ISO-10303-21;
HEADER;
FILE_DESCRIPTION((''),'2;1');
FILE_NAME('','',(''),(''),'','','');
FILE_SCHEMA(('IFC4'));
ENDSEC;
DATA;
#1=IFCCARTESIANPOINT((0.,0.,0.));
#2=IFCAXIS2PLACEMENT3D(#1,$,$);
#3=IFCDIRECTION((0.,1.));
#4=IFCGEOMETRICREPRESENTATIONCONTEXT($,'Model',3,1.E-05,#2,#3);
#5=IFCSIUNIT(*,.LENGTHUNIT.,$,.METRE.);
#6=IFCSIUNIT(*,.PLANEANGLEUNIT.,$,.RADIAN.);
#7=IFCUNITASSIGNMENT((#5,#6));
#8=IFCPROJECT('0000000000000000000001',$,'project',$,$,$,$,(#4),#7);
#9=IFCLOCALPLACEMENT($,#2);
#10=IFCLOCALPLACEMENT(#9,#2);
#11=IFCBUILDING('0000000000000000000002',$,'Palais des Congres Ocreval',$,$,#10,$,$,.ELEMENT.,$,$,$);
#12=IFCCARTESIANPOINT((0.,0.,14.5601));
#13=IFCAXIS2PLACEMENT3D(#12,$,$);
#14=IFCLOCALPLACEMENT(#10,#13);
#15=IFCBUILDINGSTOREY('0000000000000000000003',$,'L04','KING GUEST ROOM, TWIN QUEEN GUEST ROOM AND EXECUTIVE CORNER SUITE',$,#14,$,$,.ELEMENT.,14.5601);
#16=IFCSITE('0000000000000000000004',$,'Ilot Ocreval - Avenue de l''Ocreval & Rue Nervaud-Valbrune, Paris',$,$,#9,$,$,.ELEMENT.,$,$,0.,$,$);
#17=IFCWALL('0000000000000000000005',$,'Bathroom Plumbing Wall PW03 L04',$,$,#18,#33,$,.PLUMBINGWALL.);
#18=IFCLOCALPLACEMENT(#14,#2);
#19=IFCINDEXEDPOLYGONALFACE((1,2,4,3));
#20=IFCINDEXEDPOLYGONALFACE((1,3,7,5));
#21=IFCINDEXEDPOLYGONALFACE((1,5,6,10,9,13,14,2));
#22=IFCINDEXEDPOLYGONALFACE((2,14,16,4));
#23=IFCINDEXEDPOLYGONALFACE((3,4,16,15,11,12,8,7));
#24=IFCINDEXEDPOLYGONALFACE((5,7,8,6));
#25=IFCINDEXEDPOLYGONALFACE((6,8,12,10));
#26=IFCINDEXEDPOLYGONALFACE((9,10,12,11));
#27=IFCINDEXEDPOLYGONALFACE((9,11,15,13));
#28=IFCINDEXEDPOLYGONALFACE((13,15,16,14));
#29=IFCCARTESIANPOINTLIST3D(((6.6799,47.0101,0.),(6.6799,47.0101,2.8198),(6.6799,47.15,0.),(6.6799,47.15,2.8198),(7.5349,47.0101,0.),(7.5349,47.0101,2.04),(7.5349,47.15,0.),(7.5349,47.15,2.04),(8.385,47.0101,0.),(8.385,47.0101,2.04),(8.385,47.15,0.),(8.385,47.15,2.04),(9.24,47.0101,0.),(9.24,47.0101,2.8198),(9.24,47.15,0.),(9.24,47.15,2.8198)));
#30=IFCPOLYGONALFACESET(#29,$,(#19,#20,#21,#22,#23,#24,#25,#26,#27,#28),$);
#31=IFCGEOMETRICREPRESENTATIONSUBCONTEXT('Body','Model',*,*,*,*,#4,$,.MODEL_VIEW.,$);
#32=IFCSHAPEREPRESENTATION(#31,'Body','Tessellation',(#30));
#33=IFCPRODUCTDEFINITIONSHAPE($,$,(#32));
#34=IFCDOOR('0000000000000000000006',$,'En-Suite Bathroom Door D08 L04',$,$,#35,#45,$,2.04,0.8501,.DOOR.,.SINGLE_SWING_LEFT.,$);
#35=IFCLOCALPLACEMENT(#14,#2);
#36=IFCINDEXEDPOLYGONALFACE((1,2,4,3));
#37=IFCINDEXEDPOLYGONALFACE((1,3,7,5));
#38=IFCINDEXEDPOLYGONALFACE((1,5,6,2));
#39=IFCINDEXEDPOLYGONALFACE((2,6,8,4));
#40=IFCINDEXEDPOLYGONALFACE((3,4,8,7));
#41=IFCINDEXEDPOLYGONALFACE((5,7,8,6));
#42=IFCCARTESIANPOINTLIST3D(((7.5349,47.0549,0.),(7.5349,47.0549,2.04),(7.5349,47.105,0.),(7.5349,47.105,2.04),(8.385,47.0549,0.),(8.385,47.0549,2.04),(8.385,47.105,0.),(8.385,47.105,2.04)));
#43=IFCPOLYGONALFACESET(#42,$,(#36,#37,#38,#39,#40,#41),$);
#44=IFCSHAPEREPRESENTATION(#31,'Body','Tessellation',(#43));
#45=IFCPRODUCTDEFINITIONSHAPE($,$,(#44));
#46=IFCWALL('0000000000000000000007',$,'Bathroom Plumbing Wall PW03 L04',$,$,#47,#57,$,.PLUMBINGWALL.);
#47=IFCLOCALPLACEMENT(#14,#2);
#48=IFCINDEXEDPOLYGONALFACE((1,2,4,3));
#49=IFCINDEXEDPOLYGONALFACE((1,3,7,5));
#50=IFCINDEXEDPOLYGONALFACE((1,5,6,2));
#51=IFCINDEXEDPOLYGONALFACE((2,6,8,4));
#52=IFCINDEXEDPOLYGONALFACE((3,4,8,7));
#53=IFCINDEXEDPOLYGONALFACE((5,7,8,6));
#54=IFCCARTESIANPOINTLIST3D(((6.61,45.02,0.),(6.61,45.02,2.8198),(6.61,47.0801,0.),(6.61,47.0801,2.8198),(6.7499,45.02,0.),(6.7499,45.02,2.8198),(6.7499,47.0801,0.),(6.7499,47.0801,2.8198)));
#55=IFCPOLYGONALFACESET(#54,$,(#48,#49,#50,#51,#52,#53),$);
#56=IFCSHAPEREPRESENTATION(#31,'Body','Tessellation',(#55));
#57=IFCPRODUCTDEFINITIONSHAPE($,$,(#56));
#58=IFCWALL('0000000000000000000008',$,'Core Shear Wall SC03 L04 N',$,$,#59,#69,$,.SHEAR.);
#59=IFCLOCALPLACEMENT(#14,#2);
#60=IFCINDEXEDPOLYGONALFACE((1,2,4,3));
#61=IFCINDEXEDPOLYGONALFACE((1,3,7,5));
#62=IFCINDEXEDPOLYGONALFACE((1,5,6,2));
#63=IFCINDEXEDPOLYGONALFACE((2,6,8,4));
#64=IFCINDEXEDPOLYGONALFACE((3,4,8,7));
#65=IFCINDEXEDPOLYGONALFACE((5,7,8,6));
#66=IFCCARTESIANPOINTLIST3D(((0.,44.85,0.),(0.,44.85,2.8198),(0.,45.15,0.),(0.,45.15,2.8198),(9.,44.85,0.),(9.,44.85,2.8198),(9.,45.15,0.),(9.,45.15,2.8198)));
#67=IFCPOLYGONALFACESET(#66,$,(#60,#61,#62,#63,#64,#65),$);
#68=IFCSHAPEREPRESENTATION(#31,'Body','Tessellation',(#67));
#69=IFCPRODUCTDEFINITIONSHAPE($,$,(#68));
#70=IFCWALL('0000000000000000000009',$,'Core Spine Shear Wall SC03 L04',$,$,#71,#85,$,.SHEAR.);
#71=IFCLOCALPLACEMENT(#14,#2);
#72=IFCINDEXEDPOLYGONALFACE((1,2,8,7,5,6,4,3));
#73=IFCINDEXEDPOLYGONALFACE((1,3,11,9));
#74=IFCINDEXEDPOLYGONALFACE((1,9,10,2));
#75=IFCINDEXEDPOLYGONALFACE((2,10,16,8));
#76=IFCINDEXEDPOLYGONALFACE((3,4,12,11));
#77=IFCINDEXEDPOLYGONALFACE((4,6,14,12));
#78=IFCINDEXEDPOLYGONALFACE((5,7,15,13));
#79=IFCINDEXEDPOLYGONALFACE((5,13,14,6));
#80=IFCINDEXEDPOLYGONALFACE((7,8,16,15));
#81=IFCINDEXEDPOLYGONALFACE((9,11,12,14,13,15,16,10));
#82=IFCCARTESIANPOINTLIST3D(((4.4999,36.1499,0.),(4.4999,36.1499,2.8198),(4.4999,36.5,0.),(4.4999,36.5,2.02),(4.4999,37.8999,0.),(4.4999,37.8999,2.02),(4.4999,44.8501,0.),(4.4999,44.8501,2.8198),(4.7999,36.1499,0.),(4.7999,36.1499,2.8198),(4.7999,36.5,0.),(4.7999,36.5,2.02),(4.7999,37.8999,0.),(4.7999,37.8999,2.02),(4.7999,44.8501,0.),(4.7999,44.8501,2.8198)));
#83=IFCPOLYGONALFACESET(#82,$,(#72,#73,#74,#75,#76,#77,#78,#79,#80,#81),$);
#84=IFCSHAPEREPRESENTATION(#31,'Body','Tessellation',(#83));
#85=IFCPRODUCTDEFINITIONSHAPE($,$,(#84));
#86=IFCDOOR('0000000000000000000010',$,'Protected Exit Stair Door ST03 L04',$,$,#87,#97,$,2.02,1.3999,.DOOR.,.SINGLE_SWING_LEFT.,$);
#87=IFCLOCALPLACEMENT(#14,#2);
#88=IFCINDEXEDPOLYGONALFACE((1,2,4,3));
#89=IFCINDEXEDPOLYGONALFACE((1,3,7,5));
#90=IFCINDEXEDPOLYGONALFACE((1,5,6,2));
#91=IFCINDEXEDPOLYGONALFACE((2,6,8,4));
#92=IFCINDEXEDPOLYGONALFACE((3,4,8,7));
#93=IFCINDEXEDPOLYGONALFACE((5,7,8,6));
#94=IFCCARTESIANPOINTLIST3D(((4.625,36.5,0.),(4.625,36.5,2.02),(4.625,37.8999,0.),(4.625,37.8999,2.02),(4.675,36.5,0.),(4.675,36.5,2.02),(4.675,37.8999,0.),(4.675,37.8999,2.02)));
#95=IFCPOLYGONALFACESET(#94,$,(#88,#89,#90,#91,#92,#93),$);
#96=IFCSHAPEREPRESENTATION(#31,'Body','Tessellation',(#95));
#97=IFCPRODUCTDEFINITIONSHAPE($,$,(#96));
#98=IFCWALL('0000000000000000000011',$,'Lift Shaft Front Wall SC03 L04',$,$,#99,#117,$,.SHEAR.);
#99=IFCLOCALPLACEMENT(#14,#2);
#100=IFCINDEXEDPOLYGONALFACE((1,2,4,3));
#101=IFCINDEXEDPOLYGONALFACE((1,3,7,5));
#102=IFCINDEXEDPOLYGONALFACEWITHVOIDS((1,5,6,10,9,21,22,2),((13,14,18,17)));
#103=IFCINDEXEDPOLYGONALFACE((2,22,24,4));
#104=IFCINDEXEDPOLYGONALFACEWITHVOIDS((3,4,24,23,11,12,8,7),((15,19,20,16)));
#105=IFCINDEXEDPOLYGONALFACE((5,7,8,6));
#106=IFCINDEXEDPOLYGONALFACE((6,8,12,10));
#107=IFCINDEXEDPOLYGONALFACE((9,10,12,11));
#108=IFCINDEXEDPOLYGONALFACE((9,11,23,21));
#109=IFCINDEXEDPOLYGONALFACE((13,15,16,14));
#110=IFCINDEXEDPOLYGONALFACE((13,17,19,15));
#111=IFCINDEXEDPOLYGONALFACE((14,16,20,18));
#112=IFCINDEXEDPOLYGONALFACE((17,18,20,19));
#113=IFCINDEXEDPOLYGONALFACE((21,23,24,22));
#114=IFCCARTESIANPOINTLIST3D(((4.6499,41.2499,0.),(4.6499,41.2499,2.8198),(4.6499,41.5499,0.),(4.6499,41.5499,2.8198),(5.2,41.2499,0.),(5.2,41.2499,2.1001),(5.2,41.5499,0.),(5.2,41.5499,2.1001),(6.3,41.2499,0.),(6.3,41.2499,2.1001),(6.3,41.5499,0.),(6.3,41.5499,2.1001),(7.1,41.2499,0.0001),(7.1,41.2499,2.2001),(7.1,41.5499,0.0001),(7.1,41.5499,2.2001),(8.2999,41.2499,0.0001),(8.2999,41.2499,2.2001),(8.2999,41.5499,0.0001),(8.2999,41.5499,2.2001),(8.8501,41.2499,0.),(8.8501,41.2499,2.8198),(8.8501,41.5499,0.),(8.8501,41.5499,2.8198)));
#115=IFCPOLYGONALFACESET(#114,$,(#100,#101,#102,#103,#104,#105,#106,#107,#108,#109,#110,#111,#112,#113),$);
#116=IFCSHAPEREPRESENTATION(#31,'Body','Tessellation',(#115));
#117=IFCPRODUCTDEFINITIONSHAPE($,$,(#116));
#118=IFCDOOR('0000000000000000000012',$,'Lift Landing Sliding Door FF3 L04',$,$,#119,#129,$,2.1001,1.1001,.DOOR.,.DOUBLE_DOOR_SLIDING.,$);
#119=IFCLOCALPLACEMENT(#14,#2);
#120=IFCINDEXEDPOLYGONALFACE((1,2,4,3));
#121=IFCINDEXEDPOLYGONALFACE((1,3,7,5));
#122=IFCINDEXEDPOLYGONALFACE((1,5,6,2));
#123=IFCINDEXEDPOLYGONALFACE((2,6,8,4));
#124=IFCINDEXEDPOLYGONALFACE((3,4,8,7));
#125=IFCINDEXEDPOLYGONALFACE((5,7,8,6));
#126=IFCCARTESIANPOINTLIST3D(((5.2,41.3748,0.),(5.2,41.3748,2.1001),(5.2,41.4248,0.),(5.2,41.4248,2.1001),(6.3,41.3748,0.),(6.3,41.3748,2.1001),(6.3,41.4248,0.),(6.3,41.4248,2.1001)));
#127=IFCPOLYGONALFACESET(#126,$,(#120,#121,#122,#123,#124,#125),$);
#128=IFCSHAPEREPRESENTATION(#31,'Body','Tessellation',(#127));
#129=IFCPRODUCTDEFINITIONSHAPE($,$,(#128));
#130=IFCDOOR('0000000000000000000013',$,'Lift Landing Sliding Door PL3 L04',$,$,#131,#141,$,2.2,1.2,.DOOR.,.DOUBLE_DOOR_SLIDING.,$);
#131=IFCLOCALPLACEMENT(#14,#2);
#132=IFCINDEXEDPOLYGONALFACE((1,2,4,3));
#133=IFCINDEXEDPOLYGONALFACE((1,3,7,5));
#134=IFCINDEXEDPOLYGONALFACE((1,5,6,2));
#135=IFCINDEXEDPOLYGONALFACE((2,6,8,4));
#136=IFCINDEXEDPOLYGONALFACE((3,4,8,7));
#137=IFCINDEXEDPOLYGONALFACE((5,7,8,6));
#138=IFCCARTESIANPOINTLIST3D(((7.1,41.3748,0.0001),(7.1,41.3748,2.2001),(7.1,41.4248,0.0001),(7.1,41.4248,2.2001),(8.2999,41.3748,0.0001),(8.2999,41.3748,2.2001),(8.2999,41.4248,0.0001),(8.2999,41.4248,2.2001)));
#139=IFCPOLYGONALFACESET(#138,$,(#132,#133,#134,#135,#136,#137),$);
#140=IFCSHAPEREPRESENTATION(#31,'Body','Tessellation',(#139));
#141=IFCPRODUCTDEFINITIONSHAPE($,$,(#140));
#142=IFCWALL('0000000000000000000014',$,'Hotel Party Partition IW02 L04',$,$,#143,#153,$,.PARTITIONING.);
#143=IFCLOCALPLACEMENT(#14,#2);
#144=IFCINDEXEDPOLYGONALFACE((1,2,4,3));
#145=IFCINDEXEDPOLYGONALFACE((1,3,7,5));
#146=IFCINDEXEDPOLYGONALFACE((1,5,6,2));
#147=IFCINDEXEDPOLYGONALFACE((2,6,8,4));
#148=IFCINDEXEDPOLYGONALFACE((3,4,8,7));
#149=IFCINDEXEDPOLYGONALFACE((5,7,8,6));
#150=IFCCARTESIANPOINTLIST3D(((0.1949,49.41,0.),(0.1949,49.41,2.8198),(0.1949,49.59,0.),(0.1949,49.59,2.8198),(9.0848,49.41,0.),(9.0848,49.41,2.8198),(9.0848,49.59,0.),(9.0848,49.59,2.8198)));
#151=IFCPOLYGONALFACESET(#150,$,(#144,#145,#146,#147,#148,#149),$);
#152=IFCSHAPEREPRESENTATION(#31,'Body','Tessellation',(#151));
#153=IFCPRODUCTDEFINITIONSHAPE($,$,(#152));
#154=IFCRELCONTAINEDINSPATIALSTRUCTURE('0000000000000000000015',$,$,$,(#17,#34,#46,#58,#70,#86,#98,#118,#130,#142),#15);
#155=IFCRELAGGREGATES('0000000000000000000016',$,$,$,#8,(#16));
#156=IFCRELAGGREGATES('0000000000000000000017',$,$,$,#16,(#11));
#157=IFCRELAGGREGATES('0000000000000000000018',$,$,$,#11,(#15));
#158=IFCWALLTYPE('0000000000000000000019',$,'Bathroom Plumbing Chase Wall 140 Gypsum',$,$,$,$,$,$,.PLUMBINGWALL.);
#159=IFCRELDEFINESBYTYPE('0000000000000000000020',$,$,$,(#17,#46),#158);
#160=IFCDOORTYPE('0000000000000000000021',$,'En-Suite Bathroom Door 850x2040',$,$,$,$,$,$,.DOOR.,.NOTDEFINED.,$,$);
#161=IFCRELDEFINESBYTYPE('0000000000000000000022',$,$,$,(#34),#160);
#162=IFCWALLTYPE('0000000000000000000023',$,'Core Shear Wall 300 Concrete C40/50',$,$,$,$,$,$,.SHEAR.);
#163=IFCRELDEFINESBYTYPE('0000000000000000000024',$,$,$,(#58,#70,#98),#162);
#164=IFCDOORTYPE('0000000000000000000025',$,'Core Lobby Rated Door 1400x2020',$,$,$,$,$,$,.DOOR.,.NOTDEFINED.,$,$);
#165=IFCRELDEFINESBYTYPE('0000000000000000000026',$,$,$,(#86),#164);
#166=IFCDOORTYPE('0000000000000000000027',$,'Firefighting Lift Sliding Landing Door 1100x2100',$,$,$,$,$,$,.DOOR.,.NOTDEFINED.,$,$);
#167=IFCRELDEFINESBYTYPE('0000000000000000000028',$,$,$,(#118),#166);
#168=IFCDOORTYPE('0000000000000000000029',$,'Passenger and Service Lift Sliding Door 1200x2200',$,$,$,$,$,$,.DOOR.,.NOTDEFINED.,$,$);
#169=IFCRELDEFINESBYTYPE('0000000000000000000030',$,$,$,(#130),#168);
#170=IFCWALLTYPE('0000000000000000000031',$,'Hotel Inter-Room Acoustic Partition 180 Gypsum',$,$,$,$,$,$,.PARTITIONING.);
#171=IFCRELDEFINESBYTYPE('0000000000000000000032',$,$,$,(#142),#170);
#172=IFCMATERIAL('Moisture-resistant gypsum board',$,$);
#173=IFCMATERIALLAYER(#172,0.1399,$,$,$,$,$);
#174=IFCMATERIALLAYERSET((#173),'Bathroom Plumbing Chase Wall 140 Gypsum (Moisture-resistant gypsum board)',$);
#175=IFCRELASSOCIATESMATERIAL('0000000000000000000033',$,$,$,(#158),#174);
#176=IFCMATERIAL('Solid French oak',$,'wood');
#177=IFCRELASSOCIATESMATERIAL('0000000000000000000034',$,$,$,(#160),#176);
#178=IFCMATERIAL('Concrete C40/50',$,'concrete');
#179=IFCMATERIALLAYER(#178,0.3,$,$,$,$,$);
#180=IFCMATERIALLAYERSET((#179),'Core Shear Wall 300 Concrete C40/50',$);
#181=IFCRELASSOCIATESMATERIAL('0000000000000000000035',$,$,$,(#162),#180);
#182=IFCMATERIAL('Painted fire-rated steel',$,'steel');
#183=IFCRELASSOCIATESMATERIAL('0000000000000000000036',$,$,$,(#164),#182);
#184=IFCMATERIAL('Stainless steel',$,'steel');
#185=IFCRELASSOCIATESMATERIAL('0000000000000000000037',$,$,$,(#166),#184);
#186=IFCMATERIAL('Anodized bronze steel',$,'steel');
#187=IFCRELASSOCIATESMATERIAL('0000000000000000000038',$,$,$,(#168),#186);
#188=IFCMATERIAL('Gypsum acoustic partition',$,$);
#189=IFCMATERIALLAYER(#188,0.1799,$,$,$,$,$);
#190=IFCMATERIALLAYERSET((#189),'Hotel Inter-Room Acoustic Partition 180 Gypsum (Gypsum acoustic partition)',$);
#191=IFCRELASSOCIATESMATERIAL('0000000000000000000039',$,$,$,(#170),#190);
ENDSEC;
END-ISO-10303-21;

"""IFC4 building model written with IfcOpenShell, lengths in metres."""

from ifc_helpers import new_model, si_unit, direction, frame, frame_2d, origin, place, context, subcontext, project, spatial, rectangle, extrude, material, layer, layer_set, type_object, element, fill, save


model = new_model("IFC4")

# Units and contexts
model_context = context("Model", 3, precision=1e-05, world=origin(), true_north=direction((0.0, 1.0)))
body_context = subcontext(model_context, "Body", "Model", "MODEL_VIEW")
ifc_project = project(units=[si_unit("LENGTHUNIT", "METRE"), si_unit("PLANEANGLEUNIT", "RADIAN")], contexts=[model_context])

# Site, building, storey
site_placement = place(None, origin())
site = spatial("IfcSite", under=ifc_project, at=site_placement, Name="Ilot Ocreval - Avenue de l'Ocreval & Rue Nervaud-Valbrune, Paris", CompositionType="ELEMENT", RefElevation=0.0)
building_placement = place(site_placement, origin())
building = spatial("IfcBuilding", under=site, at=building_placement, Name="Palais des Congres Ocreval", CompositionType="ELEMENT")
storey_placement = place(building_placement, frame((0.0, 0.0, 14.5601)))
storey = spatial("IfcBuildingStorey", under=building, at=storey_placement, Name="L04", Description="KING GUEST ROOM, TWIN QUEEN GUEST ROOM AND EXECUTIVE CORNER SUITE", CompositionType="ELEMENT", Elevation=14.5601)

# Shared definitions
ifc_material_1 = material(Name="Concrete C40/50", Category="concrete")

# Wall, opening, door
ifc_material_2 = material(Name="Moisture-resistant gypsum board")
ifc_layer_1 = layer(ifc_material_2, 0.1399)
ifc_layer_set_1 = layer_set([ifc_layer_1], Name="Bathroom Plumbing Chase Wall 140 Gypsum (Moisture-resistant gypsum board)")
wall_type_1 = type_object("IfcWallType", Name="Bathroom Plumbing Chase Wall 140 Gypsum", PredefinedType="PLUMBINGWALL", material=ifc_layer_set_1)
wall_1_placement = place(storey_placement, frame((6.6799, 47.0801, 0.0), z_axis=(0.0, 0.0, 1.0), x_axis=(1.0, 0.0, 0.0)))
wall_1 = element("IfcWall", 1, at=wall_1_placement, inside=storey, type_object=wall_type_1, Name="Bathroom Plumbing Wall PW03 L04", PredefinedType="PLUMBINGWALL", context=body_context, shape_type="SweptSolid", body=[
    extrude(rectangle(XDim=2.5601, YDim=0.1399, at=frame_2d((1.28, 0.0))), origin(), (0.0, 0.0, 1.0), 2.8198),
])
opening_1_placement = place(wall_1_placement, frame((0.855, 0.0, 0.0)))
opening_1 = element("IfcOpeningElement", 2, at=opening_1_placement, cuts=wall_1, PredefinedType="OPENING", context=body_context, shape_type="SweptSolid", body=[
    extrude(rectangle(XDim=0.8501, YDim=2.04, at=frame_2d((0.425, 1.02))), frame((0.0, 0.0798, 0.0), z_axis=(0.0, -1.0, 0.0), x_axis=(1.0, 0.0, 0.0)), (0.0, 0.0, 1.0), 0.1599),
])
ifc_material_3 = material(Name="Solid French oak", Category="wood")
door_type_1 = type_object("IfcDoorType", Name="En-Suite Bathroom Door 850x2040", OperationType="NOTDEFINED", PredefinedType="DOOR", material=ifc_material_3)
door_1_placement = place(opening_1_placement, origin())
door_1 = element("IfcDoor", 3, at=door_1_placement, inside=storey, type_object=door_type_1, Name="En-Suite Bathroom Door D08 L04", OperationType="SINGLE_SWING_LEFT", OverallHeight=2.04, OverallWidth=0.8501, PredefinedType="DOOR", context=body_context, shape_type="SweptSolid", body=[
    extrude(rectangle(XDim=0.8501, YDim=2.04, at=frame_2d((0.425, 1.02))), frame((0.0, 0.0249, 0.0), z_axis=(0.0, -1.0, 0.0), x_axis=(1.0, 0.0, 0.0)), (0.0, 0.0, 1.0), 0.05),
])
fill(opening_1, door_1)

# Walls
wall_2_placement = place(storey_placement, frame((6.6799, 45.02, 0.0), z_axis=(0.0, 0.0, 1.0), x_axis=(0.0, 1.0, 0.0)))
element("IfcWall", 4, at=wall_2_placement, inside=storey, type_object=wall_type_1, Name="Bathroom Plumbing Wall PW03 L04", PredefinedType="PLUMBINGWALL", context=body_context, shape_type="SweptSolid", body=[
    extrude(rectangle(XDim=2.0601, YDim=0.1399, at=frame_2d((1.03, 0.0))), origin(), (0.0, 0.0, 1.0), 2.8198),
])
ifc_layer_2 = layer(ifc_material_1, 0.3)
ifc_layer_set_2 = layer_set([ifc_layer_2], Name="Core Shear Wall 300 Concrete C40/50")
wall_type_2 = type_object("IfcWallType", Name="Core Shear Wall 300 Concrete C40/50", PredefinedType="SHEAR", material=ifc_layer_set_2)
wall_3_placement = place(storey_placement, frame((0.0, 45.0, 0.0), z_axis=(0.0, 0.0, 1.0), x_axis=(1.0, 0.0, 0.0)))
element("IfcWall", 5, at=wall_3_placement, inside=storey, type_object=wall_type_2, Name="Core Shear Wall SC03 L04 N", PredefinedType="SHEAR", context=body_context, shape_type="SweptSolid", body=[
    extrude(rectangle(XDim=9.0, YDim=0.3, at=frame_2d((4.5, 0.0))), origin(), (0.0, 0.0, 1.0), 2.8198),
])

# Wall, opening, door
wall_4_placement = place(storey_placement, frame((4.6499, 36.1499, 0.0), z_axis=(0.0, 0.0, 1.0), x_axis=(0.0, 1.0, 0.0)))
wall_4 = element("IfcWall", 6, at=wall_4_placement, inside=storey, type_object=wall_type_2, Name="Core Spine Shear Wall SC03 L04", PredefinedType="SHEAR", context=body_context, shape_type="SweptSolid", body=[
    extrude(rectangle(XDim=8.7002, YDim=0.3, at=frame_2d((4.3501, 0.0))), origin(), (0.0, 0.0, 1.0), 2.8198),
])
opening_2_placement = place(wall_4_placement, frame((0.3501, 0.0, 0.0)))
opening_2 = element("IfcOpeningElement", 7, at=opening_2_placement, cuts=wall_4, PredefinedType="OPENING", context=body_context, shape_type="SweptSolid", body=[
    extrude(rectangle(XDim=1.3999, YDim=2.02, at=frame_2d((0.7, 1.01))), frame((0.0, 0.1599, 0.0), z_axis=(0.0, -1.0, 0.0), x_axis=(1.0, 0.0, 0.0)), (0.0, 0.0, 1.0), 0.3201),
])
ifc_material_4 = material(Name="Painted fire-rated steel", Category="steel")
door_type_2 = type_object("IfcDoorType", Name="Core Lobby Rated Door 1400x2020", OperationType="NOTDEFINED", PredefinedType="DOOR", material=ifc_material_4)
door_2_placement = place(opening_2_placement, origin())
door_2 = element("IfcDoor", 8, at=door_2_placement, inside=storey, type_object=door_type_2, Name="Protected Exit Stair Door ST03 L04", OperationType="SINGLE_SWING_LEFT", OverallHeight=2.02, OverallWidth=1.3999, PredefinedType="DOOR", context=body_context, shape_type="SweptSolid", body=[
    extrude(rectangle(XDim=1.3999, YDim=2.02, at=frame_2d((0.7, 1.01))), frame((0.0, 0.0249, 0.0), z_axis=(0.0, -1.0, 0.0), x_axis=(1.0, 0.0, 0.0)), (0.0, 0.0, 1.0), 0.05),
])
fill(opening_2, door_2)

# Wall, openings, doors
wall_5_placement = place(storey_placement, frame((4.6499, 41.3999, 0.0), z_axis=(0.0, 0.0, 1.0), x_axis=(1.0, 0.0, 0.0)))
wall_5 = element("IfcWall", 9, at=wall_5_placement, inside=storey, type_object=wall_type_2, Name="Lift Shaft Front Wall SC03 L04", PredefinedType="SHEAR", context=body_context, shape_type="SweptSolid", body=[
    extrude(rectangle(XDim=4.2002, YDim=0.3, at=frame_2d((2.1001, 0.0))), origin(), (0.0, 0.0, 1.0), 2.8198),
])
opening_3_placement = place(wall_5_placement, frame((0.55, 0.0, 0.0)))
opening_3 = element("IfcOpeningElement", 10, at=opening_3_placement, cuts=wall_5, PredefinedType="OPENING", context=body_context, shape_type="SweptSolid", body=[
    extrude(rectangle(XDim=1.1001, YDim=2.1001, at=frame_2d((0.55, 1.05))), frame((0.0, 0.1599, 0.0), z_axis=(0.0, -1.0, 0.0), x_axis=(1.0, 0.0, 0.0)), (0.0, 0.0, 1.0), 0.3201),
])
opening_4_placement = place(wall_5_placement, frame((2.45, 0.0, 0.0)))
opening_4 = element("IfcOpeningElement", 11, at=opening_4_placement, cuts=wall_5, PredefinedType="OPENING", context=body_context, shape_type="SweptSolid", body=[
    extrude(rectangle(XDim=1.2, YDim=2.2, at=frame_2d((0.6001, 1.1001))), frame((0.0, 0.1599, 0.0), z_axis=(0.0, -1.0, 0.0), x_axis=(1.0, 0.0, 0.0)), (0.0, 0.0, 1.0), 0.3201),
])
ifc_material_5 = material(Name="Stainless steel", Category="steel")
door_type_3 = type_object("IfcDoorType", Name="Firefighting Lift Sliding Landing Door 1100x2100", OperationType="NOTDEFINED", PredefinedType="DOOR", material=ifc_material_5)
door_3_placement = place(opening_3_placement, origin())
door_3 = element("IfcDoor", 12, at=door_3_placement, inside=storey, type_object=door_type_3, Name="Lift Landing Sliding Door FF3 L04", OperationType="DOUBLE_DOOR_SLIDING", OverallHeight=2.1001, OverallWidth=1.1001, PredefinedType="DOOR", context=body_context, shape_type="SweptSolid", body=[
    extrude(rectangle(XDim=1.1001, YDim=2.1001, at=frame_2d((0.55, 1.05))), frame((0.0, 0.0249, 0.0), z_axis=(0.0, -1.0, 0.0), x_axis=(1.0, 0.0, 0.0)), (0.0, 0.0, 1.0), 0.05),
])
fill(opening_3, door_3)
ifc_material_6 = material(Name="Anodized bronze steel", Category="steel")
door_type_4 = type_object("IfcDoorType", Name="Passenger and Service Lift Sliding Door 1200x2200", OperationType="NOTDEFINED", PredefinedType="DOOR", material=ifc_material_6)
door_4_placement = place(opening_4_placement, origin())
door_4 = element("IfcDoor", 13, at=door_4_placement, inside=storey, type_object=door_type_4, Name="Lift Landing Sliding Door PL3 L04", OperationType="DOUBLE_DOOR_SLIDING", OverallHeight=2.2, OverallWidth=1.2, PredefinedType="DOOR", context=body_context, shape_type="SweptSolid", body=[
    extrude(rectangle(XDim=1.2, YDim=2.2, at=frame_2d((0.6001, 1.1001))), frame((0.0, 0.0249, 0.0), z_axis=(0.0, -1.0, 0.0), x_axis=(1.0, 0.0, 0.0)), (0.0, 0.0, 1.0), 0.05),
])
fill(opening_4, door_4)

# Wall
ifc_material_7 = material(Name="Gypsum acoustic partition")
ifc_layer_3 = layer(ifc_material_7, 0.1799)
ifc_layer_set_3 = layer_set([ifc_layer_3], Name="Hotel Inter-Room Acoustic Partition 180 Gypsum (Gypsum acoustic partition)")
wall_type_3 = type_object("IfcWallType", Name="Hotel Inter-Room Acoustic Partition 180 Gypsum", PredefinedType="PARTITIONING", material=ifc_layer_set_3)
wall_6_placement = place(storey_placement, frame((0.1951, 49.5, 0.0), z_axis=(0.0, 0.0, 1.0), x_axis=(1.0, 0.0, 0.0)))
element("IfcWall", 14, at=wall_6_placement, inside=storey, type_object=wall_type_3, Name="Hotel Party Partition IW02 L04", PredefinedType="PARTITIONING", context=body_context, shape_type="SweptSolid", body=[
    extrude(rectangle(XDim=8.8899, YDim=0.1799, at=frame_2d((4.4448, 0.0))), origin(), (0.0, 0.0, 1.0), 2.8198),
])

save(model, "model.ifc")
